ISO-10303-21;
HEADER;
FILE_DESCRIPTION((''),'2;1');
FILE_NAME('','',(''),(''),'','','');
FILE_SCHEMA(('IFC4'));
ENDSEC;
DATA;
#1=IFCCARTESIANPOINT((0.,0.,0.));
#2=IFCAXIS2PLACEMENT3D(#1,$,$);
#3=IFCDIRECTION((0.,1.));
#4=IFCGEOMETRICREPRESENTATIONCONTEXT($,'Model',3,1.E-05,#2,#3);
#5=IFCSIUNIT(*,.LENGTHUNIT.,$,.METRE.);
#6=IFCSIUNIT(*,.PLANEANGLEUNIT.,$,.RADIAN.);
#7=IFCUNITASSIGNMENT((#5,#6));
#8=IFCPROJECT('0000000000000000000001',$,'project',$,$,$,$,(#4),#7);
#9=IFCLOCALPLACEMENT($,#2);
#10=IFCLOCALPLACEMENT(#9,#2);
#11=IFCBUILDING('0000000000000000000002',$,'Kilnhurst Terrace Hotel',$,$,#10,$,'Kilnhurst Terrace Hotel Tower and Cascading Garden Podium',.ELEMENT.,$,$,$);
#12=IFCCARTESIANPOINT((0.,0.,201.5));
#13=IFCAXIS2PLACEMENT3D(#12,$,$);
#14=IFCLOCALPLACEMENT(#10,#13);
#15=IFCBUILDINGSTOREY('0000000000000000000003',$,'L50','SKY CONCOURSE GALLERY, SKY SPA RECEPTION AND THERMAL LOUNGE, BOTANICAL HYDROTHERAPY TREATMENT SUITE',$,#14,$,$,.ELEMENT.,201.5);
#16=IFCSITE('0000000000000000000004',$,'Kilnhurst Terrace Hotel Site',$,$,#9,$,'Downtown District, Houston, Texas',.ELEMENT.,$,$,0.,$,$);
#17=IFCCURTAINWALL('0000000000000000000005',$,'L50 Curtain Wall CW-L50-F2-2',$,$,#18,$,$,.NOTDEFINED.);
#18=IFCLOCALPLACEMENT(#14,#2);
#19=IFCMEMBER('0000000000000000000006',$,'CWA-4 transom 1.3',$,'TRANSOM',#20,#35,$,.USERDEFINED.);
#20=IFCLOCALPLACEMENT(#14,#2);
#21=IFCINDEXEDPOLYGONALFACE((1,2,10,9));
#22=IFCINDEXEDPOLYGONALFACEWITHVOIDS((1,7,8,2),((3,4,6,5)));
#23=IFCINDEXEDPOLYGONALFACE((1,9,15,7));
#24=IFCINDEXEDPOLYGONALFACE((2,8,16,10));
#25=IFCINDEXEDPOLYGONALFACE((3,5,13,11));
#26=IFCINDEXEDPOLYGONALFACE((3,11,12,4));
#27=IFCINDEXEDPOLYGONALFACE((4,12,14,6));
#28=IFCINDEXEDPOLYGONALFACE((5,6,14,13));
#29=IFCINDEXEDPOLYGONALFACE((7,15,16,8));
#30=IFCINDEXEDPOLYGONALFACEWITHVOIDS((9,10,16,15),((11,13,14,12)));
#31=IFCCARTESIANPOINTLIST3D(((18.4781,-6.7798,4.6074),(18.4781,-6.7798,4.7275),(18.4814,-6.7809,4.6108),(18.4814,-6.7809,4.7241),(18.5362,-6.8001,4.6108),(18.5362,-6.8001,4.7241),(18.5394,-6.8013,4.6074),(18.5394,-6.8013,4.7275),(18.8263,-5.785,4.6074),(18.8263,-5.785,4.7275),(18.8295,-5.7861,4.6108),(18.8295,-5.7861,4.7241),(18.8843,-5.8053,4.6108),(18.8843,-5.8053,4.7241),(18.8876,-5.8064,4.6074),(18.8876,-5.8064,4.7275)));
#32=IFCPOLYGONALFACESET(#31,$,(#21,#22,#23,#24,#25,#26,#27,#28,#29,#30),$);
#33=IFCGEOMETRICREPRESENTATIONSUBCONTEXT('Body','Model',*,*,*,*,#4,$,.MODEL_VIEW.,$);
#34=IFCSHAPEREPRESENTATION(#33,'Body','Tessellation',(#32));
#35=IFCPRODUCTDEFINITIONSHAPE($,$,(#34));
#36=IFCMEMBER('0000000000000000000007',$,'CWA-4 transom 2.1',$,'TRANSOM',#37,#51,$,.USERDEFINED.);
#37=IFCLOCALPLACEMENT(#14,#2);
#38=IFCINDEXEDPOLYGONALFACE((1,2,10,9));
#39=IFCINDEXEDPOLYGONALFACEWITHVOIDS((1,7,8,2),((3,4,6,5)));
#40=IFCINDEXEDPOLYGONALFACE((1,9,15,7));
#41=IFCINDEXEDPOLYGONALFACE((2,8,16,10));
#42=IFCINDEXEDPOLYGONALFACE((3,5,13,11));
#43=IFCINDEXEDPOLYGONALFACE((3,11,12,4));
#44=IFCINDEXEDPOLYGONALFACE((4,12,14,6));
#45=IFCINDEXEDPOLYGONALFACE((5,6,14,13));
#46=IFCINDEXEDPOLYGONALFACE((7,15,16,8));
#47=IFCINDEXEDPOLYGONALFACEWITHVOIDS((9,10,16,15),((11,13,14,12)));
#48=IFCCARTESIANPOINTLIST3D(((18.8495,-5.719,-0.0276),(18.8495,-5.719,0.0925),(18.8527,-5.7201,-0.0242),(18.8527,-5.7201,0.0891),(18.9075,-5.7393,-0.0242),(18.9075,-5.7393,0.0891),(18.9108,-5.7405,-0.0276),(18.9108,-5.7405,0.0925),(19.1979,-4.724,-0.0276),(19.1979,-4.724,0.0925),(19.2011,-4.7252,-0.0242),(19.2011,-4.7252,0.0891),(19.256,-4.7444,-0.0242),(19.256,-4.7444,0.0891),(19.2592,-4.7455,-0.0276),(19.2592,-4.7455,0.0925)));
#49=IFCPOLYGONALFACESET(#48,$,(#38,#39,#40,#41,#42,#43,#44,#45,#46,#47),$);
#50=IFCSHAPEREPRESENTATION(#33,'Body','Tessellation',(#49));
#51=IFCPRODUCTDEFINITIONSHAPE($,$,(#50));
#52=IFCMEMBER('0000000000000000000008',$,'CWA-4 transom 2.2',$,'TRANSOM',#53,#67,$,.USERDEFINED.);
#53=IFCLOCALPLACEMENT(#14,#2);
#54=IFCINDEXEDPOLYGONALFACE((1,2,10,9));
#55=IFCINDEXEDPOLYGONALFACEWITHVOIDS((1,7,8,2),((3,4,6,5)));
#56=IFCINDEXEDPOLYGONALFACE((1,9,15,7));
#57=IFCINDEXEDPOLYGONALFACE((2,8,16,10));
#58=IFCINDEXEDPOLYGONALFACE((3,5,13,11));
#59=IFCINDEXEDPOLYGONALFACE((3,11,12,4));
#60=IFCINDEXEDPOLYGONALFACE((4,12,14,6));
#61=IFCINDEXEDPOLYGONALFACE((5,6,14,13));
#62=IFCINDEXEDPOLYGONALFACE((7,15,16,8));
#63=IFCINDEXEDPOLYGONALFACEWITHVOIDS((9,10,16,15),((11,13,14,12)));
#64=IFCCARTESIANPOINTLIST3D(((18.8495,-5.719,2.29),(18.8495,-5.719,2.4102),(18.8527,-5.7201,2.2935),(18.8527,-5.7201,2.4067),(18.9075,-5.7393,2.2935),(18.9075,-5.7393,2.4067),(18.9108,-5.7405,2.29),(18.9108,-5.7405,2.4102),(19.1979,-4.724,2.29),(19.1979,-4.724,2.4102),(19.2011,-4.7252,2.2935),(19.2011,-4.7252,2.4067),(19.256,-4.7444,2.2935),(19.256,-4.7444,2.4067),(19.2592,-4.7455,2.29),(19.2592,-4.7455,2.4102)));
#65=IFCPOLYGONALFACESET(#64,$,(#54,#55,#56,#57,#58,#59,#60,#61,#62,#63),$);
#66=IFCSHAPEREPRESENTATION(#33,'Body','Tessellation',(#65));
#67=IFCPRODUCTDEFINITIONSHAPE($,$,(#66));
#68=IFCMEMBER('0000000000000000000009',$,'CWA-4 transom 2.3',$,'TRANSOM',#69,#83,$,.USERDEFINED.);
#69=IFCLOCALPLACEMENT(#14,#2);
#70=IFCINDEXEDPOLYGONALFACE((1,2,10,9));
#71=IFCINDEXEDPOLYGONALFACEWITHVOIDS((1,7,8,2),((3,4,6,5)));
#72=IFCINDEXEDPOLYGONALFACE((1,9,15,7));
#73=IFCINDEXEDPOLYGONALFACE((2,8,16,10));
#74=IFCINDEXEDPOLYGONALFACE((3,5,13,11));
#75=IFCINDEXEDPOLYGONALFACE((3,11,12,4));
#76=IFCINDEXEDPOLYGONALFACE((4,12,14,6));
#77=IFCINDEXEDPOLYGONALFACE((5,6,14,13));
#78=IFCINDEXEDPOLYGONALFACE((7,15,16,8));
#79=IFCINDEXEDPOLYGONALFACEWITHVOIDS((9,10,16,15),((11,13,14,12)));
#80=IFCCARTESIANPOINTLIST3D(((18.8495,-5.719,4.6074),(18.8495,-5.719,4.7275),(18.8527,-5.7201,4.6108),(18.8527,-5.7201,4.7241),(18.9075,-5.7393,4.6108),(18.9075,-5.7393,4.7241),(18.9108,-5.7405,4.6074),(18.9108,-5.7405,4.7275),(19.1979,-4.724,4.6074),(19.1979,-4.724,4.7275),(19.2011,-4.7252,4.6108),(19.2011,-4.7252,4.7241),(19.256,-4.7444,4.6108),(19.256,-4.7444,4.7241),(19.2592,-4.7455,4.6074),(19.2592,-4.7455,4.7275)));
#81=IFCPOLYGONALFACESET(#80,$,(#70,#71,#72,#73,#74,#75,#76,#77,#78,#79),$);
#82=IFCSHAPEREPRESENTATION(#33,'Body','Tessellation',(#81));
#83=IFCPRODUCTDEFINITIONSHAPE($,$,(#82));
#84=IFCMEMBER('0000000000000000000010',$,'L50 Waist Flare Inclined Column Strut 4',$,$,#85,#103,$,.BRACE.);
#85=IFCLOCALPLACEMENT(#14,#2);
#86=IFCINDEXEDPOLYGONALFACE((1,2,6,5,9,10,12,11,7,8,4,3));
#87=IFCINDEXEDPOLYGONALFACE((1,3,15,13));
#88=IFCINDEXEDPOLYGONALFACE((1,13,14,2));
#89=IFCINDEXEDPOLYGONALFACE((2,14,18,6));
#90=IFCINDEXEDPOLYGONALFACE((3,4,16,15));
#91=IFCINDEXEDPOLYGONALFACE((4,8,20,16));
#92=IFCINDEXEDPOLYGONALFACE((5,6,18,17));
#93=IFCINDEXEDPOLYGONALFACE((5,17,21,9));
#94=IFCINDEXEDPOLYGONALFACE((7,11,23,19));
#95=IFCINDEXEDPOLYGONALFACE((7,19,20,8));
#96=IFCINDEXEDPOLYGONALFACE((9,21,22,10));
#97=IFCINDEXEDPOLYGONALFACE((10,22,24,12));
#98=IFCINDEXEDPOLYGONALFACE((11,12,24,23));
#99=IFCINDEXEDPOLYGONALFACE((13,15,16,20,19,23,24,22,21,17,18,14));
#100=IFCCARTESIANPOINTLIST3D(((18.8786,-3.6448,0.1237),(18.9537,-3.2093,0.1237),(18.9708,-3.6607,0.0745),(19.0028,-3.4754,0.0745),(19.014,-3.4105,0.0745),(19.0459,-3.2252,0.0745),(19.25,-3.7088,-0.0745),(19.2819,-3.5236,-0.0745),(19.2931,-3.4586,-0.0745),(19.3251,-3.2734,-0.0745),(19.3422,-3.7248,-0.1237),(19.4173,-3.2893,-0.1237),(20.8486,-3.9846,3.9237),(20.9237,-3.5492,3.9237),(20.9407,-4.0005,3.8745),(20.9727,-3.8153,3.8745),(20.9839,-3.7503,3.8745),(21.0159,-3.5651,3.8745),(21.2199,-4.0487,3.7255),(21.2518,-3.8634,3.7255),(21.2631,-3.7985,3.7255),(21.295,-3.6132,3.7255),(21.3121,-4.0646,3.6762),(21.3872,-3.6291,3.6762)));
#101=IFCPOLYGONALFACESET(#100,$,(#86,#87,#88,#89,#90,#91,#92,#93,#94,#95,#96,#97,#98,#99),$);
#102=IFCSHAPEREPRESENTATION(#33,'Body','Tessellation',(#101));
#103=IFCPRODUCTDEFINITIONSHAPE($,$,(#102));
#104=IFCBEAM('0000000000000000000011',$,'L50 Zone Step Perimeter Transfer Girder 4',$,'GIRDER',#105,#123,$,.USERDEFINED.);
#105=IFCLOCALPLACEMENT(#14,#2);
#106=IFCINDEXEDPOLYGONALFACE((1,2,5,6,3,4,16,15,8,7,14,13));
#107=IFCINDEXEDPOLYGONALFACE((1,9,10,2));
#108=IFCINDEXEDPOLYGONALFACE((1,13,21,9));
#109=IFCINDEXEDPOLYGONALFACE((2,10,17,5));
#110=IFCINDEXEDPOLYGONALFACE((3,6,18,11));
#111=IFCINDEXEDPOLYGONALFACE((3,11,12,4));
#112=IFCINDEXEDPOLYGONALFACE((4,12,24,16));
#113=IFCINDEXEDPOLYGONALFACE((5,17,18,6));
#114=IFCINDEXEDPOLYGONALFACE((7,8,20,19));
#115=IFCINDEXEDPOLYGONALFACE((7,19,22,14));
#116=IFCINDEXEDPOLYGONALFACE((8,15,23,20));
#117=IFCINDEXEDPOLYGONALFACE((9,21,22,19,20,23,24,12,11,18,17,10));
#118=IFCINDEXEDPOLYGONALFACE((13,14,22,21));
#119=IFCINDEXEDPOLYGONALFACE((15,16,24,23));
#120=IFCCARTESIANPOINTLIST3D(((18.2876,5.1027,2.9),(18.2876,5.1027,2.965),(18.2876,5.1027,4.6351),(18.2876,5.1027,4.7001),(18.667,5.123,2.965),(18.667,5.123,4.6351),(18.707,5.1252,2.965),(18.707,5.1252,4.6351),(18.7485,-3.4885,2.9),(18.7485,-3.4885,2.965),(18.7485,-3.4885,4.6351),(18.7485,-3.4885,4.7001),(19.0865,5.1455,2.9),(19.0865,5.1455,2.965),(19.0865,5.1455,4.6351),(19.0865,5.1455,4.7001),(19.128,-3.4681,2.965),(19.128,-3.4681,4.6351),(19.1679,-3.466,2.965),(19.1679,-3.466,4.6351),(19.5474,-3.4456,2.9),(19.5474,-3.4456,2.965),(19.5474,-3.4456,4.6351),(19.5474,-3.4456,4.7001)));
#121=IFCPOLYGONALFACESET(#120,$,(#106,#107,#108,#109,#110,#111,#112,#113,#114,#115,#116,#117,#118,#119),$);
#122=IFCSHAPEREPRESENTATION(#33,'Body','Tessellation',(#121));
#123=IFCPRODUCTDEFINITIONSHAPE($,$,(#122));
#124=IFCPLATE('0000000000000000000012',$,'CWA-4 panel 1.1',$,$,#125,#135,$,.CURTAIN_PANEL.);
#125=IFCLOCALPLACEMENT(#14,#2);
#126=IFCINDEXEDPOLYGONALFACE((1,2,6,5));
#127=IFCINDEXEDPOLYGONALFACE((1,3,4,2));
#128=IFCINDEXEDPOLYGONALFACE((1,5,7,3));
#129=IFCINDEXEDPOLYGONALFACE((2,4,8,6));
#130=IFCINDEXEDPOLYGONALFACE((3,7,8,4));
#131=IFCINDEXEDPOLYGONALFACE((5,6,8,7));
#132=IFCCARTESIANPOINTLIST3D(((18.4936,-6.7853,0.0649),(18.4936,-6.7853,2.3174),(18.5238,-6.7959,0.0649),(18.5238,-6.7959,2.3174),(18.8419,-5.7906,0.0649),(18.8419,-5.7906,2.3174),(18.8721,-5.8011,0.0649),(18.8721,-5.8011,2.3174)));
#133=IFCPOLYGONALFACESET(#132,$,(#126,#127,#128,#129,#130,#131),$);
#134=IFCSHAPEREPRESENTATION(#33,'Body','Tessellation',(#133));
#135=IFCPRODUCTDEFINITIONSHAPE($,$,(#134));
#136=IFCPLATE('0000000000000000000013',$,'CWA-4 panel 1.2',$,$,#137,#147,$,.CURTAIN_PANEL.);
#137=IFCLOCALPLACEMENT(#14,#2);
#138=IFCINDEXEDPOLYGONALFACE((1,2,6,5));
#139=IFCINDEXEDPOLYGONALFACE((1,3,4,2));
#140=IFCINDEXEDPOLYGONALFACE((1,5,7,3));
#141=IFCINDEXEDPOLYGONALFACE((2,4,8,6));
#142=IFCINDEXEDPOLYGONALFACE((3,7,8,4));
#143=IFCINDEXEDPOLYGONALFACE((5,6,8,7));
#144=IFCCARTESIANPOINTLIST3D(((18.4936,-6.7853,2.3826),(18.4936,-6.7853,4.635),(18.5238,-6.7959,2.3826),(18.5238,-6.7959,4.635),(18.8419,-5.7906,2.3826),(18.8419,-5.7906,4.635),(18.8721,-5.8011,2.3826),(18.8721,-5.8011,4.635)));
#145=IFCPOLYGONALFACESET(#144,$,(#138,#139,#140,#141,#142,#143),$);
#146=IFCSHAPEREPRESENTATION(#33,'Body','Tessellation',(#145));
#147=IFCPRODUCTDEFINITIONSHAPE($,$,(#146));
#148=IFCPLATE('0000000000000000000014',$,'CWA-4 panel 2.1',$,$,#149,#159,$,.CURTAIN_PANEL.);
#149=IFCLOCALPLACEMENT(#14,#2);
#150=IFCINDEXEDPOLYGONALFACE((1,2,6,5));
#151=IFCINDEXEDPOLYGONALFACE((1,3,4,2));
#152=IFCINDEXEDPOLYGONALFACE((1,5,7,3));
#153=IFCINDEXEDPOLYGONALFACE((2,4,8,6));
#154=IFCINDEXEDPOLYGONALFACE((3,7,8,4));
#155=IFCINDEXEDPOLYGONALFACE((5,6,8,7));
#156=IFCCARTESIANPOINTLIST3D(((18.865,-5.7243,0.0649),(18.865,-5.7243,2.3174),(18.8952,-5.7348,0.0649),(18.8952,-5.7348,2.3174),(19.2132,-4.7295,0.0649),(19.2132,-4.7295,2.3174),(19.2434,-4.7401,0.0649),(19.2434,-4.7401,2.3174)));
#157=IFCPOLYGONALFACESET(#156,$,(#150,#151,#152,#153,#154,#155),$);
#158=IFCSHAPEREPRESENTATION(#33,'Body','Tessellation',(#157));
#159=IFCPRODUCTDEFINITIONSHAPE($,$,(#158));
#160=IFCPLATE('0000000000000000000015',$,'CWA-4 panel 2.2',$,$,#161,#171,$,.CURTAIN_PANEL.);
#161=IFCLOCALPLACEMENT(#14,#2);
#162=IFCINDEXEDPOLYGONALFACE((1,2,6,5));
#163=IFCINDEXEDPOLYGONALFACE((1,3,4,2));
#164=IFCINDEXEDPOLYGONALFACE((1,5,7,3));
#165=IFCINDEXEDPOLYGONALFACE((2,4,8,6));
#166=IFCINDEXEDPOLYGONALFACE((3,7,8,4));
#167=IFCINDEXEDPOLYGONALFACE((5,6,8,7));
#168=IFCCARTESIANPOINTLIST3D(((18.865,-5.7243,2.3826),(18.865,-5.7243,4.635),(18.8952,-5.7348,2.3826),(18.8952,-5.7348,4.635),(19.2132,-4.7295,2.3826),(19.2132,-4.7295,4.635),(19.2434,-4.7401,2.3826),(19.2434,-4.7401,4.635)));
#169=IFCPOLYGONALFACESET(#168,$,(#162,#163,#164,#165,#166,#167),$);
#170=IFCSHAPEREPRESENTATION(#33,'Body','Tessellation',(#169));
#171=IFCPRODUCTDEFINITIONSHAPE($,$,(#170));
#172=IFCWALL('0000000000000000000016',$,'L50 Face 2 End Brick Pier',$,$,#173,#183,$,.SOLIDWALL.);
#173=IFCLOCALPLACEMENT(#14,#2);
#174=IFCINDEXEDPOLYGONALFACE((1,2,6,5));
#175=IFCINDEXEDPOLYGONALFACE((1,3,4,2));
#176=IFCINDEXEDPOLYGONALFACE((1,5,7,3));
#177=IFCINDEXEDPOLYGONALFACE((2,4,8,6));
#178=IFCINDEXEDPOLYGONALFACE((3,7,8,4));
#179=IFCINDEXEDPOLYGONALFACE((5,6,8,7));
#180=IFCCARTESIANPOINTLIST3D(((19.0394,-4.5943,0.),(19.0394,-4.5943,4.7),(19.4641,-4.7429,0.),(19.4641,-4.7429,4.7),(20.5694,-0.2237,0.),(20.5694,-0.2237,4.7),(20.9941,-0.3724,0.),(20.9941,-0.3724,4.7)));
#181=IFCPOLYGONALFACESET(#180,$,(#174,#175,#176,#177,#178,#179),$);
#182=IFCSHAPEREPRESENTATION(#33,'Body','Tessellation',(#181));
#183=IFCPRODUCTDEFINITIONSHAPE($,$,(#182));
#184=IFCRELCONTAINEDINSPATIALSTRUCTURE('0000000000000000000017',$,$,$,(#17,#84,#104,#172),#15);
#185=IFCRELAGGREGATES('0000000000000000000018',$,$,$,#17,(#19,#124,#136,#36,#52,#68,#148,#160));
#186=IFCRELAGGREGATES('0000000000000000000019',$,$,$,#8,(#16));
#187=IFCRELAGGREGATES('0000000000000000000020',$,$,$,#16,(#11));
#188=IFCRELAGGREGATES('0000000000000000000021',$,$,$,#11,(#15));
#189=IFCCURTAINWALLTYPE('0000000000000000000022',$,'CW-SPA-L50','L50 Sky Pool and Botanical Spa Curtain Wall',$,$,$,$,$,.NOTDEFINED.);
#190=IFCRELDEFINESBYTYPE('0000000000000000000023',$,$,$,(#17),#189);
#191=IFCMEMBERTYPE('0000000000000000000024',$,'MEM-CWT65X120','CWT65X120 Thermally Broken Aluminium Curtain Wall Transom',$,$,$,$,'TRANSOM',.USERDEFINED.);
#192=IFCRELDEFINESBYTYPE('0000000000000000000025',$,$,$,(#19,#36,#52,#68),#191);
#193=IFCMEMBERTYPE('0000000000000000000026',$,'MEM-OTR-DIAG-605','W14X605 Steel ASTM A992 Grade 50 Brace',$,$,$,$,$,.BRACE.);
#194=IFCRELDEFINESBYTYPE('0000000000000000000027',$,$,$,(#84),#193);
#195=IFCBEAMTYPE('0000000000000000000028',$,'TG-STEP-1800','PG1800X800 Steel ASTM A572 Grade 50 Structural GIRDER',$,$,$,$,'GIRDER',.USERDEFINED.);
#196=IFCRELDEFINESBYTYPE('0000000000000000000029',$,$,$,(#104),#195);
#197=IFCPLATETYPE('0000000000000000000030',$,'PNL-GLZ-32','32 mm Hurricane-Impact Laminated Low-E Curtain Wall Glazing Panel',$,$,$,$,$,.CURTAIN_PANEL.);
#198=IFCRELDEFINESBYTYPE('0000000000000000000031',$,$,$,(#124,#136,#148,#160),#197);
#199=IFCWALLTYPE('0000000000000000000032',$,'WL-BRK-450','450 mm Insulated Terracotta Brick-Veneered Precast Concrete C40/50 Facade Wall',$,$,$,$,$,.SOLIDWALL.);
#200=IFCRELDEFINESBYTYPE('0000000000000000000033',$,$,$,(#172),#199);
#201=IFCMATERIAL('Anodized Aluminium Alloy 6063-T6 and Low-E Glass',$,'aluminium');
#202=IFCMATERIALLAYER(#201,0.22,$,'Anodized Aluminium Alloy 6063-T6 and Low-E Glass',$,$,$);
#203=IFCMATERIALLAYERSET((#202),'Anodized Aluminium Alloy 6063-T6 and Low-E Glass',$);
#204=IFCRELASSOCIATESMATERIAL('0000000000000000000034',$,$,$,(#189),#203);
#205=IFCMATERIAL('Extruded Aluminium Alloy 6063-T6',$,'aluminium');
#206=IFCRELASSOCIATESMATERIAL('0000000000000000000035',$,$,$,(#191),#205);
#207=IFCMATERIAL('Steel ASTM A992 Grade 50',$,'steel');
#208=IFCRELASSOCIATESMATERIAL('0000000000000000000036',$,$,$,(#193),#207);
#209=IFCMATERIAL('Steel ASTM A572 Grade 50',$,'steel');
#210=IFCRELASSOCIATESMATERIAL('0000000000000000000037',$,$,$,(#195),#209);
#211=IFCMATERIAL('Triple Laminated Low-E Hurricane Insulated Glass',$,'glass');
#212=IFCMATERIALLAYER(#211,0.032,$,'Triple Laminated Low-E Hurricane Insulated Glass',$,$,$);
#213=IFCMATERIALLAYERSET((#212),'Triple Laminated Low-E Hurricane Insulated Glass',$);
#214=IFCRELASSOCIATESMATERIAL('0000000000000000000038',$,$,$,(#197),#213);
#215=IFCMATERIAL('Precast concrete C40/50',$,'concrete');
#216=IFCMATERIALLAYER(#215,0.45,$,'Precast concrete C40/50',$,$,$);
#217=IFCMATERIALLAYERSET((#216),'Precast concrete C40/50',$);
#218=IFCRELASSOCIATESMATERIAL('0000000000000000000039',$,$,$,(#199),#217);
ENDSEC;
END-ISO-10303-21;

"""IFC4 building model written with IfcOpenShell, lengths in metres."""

from ifc_helpers import new_model, si_unit, direction, frame, frame_2d, origin, origin_2d, place, context, subcontext, project, spatial, rectangle, hollow_rectangle, i_section, extrude, material, layer, layer_set, material_profile, profile_set, type_object, element, aggregate, save


model = new_model("IFC4")

# Units and contexts
model_context = context("Model", 3, precision=1e-05, world=origin(), true_north=direction((0.0, 1.0)))
body_context = subcontext(model_context, "Body", "Model", "MODEL_VIEW")
ifc_project = project(units=[si_unit("LENGTHUNIT", "METRE"), si_unit("PLANEANGLEUNIT", "RADIAN")], contexts=[model_context])

# Site, building, storey
site_placement = place(None, origin())
site = spatial("IfcSite", under=ifc_project, at=site_placement, Name="Kilnhurst Terrace Hotel Site", LongName="Downtown District, Houston, Texas", CompositionType="ELEMENT", RefElevation=0.0)
building_placement = place(site_placement, origin())
building = spatial("IfcBuilding", under=site, at=building_placement, Name="Kilnhurst Terrace Hotel", LongName="Kilnhurst Terrace Hotel Tower and Cascading Garden Podium", CompositionType="ELEMENT")
storey_placement = place(building_placement, frame((0.0, 0.0, 201.5)))
storey = spatial("IfcBuildingStorey", under=building, at=storey_placement, Name="L50", Description="SKY CONCOURSE GALLERY, SKY SPA RECEPTION AND THERMAL LOUNGE, BOTANICAL HYDROTHERAPY TREATMENT SUITE", CompositionType="ELEMENT", Elevation=201.5)

# Shared definitions
ifc_material_1 = material(Name="Steel ASTM A992 Grade 50", Category="steel")

# Curtain wall, members
ifc_material_2 = material(Name="Anodized Aluminium Alloy 6063-T6 and Low-E Glass", Category="aluminium")
ifc_layer_1 = layer(ifc_material_2, 0.22, Name="Anodized Aluminium Alloy 6063-T6 and Low-E Glass")
ifc_layer_set_1 = layer_set([ifc_layer_1], Name="Anodized Aluminium Alloy 6063-T6 and Low-E Glass")
curtain_wall_type = type_object("IfcCurtainWallType", Name="CW-SPA-L50", Description="L50 Sky Pool and Botanical Spa Curtain Wall", PredefinedType="NOTDEFINED", material=ifc_layer_set_1)
curtain_wall_placement = place(storey_placement, origin())
curtain_wall = element("IfcCurtainWall", 1, at=curtain_wall_placement, inside=storey, type_object=curtain_wall_type, Name="L50 Curtain Wall CW-L50-F2-2", PredefinedType="NOTDEFINED")
ifc_material_3 = material(Name="Extruded Aluminium Alloy 6063-T6", Category="aluminium")
ifc_material_profile_1 = material_profile(ifc_material_3, hollow_rectangle(XDim=0.0649, YDim=0.1201, WallThickness=0.0034, at=origin_2d()), Name="CWT65X120")
ifc_profile_set_1 = profile_set([ifc_material_profile_1], Name="Extruded Aluminium Alloy 6063-T6")
member_type_1 = type_object("IfcMemberType", Name="MEM-CWT65X120", Description="CWT65X120 Thermally Broken Aluminium Curtain Wall Transom", ElementType="TRANSOM", PredefinedType="USERDEFINED", material=ifc_profile_set_1)
member_1_placement = place(storey_placement, frame((18.5088, -6.7905, 4.6675), z_axis=(0.330299, 0.943876, 0.0), x_axis=(-0.943876, 0.330299, 0.0)))
member_1 = element("IfcMember", 2, at=member_1_placement, type_object=member_type_1, Name="CWA-4 transom 1.3", ObjectType="TRANSOM", PredefinedType="USERDEFINED", context=body_context, shape_type="SweptSolid", body=[
    extrude(hollow_rectangle(XDim=0.0649, YDim=0.1201, WallThickness=0.0034, at=origin_2d()), origin(), (0.0, 0.0, 1.0), 1.054),
])
member_2_placement = place(storey_placement, frame((18.8801, -5.7297, 0.0325), z_axis=(0.330505, 0.943804, 0.0), x_axis=(-0.943804, 0.330505, 0.0)))
member_2 = element("IfcMember", 3, at=member_2_placement, type_object=member_type_1, Name="CWA-4 transom 2.1", ObjectType="TRANSOM", PredefinedType="USERDEFINED", context=body_context, shape_type="SweptSolid", body=[
    extrude(hollow_rectangle(XDim=0.0649, YDim=0.1201, WallThickness=0.0034, at=origin_2d()), origin(), (0.0, 0.0, 1.0), 1.0542),
])
member_3_placement = place(storey_placement, frame((18.8801, -5.7297, 2.3501), z_axis=(0.330505, 0.943804, 0.0), x_axis=(-0.943804, 0.330505, 0.0)))
member_3 = element("IfcMember", 4, at=member_3_placement, type_object=member_type_1, Name="CWA-4 transom 2.2", ObjectType="TRANSOM", PredefinedType="USERDEFINED", context=body_context, shape_type="SweptSolid", body=[
    extrude(hollow_rectangle(XDim=0.0649, YDim=0.1201, WallThickness=0.0034, at=origin_2d()), origin(), (0.0, 0.0, 1.0), 1.0542),
])
member_4_placement = place(storey_placement, frame((18.8801, -5.7297, 4.6675), z_axis=(0.330505, 0.943804, 0.0), x_axis=(-0.943804, 0.330505, 0.0)))
member_4 = element("IfcMember", 5, at=member_4_placement, type_object=member_type_1, Name="CWA-4 transom 2.3", ObjectType="TRANSOM", PredefinedType="USERDEFINED", context=body_context, shape_type="SweptSolid", body=[
    extrude(hollow_rectangle(XDim=0.0649, YDim=0.1201, WallThickness=0.0034, at=origin_2d()), origin(), (0.0, 0.0, 1.0), 1.0542),
])

# Member
ifc_material_profile_2 = material_profile(ifc_material_1, i_section(OverallWidth=0.4419, OverallDepth=0.5315, WebThickness=0.0659, FlangeThickness=0.1057, at=origin_2d()), Name="W14X605")
ifc_profile_set_2 = profile_set([ifc_material_profile_2], Name="Steel ASTM A992 Grade 50")
member_type_2 = type_object("IfcMemberType", Name="MEM-OTR-DIAG-605", Description="W14X605 Steel ASTM A992 Grade 50 Brace", PredefinedType="BRACE", material=ifc_profile_set_2)
member_5_placement = place(storey_placement, frame((19.1479, -3.467, 0.0), z_axis=(0.458795, -0.079148, 0.88501), x_axis=(0.170001, 0.985444, 0.0)))
element("IfcMember", 6, at=member_5_placement, inside=storey, type_object=member_type_2, Name="L50 Waist Flare Inclined Column Strut 4", PredefinedType="BRACE", context=body_context, shape_type="SweptSolid", body=[
    extrude(i_section(OverallWidth=0.4419, OverallDepth=0.5315, WebThickness=0.0659, FlangeThickness=0.1057, at=origin_2d()), origin(), (0.0, 0.0, 1.0), 4.2937),
])

# Beam
ifc_material_4 = material(Name="Steel ASTM A572 Grade 50", Category="steel")
ifc_material_profile_3 = material_profile(ifc_material_4, i_section(OverallWidth=0.8, OverallDepth=1.8, WebThickness=0.04, FlangeThickness=0.0649, at=origin_2d()), Name="PG1800X800")
ifc_profile_set_3 = profile_set([ifc_material_profile_3], Name="Steel ASTM A572 Grade 50")
beam_type_1 = type_object("IfcBeamType", Name="TG-STEP-1800", Description="PG1800X800 Steel ASTM A572 Grade 50 Structural GIRDER", ElementType="GIRDER", PredefinedType="USERDEFINED", material=ifc_profile_set_3)
beam_1_placement = place(storey_placement, frame((19.1479, -3.467, 3.8), z_axis=(-0.053576, 0.998564, 0.0), x_axis=(-0.998564, -0.053576, 0.0)))
element("IfcBeam", 7, at=beam_1_placement, inside=storey, type_object=beam_type_1, Name="L50 Zone Step Perimeter Transfer Girder 4", ObjectType="GIRDER", PredefinedType="USERDEFINED", context=body_context, shape_type="SweptSolid", body=[
    extrude(i_section(OverallWidth=0.8, OverallDepth=1.8, WebThickness=0.04, FlangeThickness=0.0649, at=origin_2d()), origin(), (0.0, 0.0, 1.0), 8.6035),
])

# Plates
ifc_material_5 = material(Name="Triple Laminated Low-E Hurricane Insulated Glass", Category="glass")
ifc_layer_2 = layer(ifc_material_5, 0.032, Name="Triple Laminated Low-E Hurricane Insulated Glass")
ifc_layer_set_2 = layer_set([ifc_layer_2], Name="Triple Laminated Low-E Hurricane Insulated Glass")
plate_type = type_object("IfcPlateType", Name="PNL-GLZ-32", Description="32 mm Hurricane-Impact Laminated Low-E Curtain Wall Glazing Panel", PredefinedType="CURTAIN_PANEL", material=ifc_layer_set_2)
plate_1_placement = place(storey_placement, frame((18.6829, -6.2932, 0.0649), z_axis=(0.0, 0.0, 1.0), x_axis=(0.330454, 0.943822, 0.0)))
plate_1 = element("IfcPlate", 8, at=plate_1_placement, type_object=plate_type, Name="CWA-4 panel 1.1", PredefinedType="CURTAIN_PANEL", context=body_context, shape_type="SweptSolid", body=[
    extrude(rectangle(XDim=1.054, YDim=0.032, at=origin_2d()), origin(), (0.0, 0.0, 1.0), 2.2524),
])
plate_2_placement = place(storey_placement, frame((18.6829, -6.2932, 2.3826), z_axis=(0.0, 0.0, 1.0), x_axis=(0.330454, 0.943822, 0.0)))
plate_2 = element("IfcPlate", 9, at=plate_2_placement, type_object=plate_type, Name="CWA-4 panel 1.2", PredefinedType="CURTAIN_PANEL", context=body_context, shape_type="SweptSolid", body=[
    extrude(rectangle(XDim=1.054, YDim=0.032, at=origin_2d()), origin(), (0.0, 0.0, 1.0), 2.2524),
])
plate_3_placement = place(storey_placement, frame((19.0542, -5.2322, 0.0649), z_axis=(0.0, 0.0, 1.0), x_axis=(0.330454, 0.943822, 0.0)))
plate_3 = element("IfcPlate", 10, at=plate_3_placement, type_object=plate_type, Name="CWA-4 panel 2.1", PredefinedType="CURTAIN_PANEL", context=body_context, shape_type="SweptSolid", body=[
    extrude(rectangle(XDim=1.054, YDim=0.032, at=origin_2d()), origin(), (0.0, 0.0, 1.0), 2.2524),
])
plate_4_placement = place(storey_placement, frame((19.0542, -5.2322, 2.3826), z_axis=(0.0, 0.0, 1.0), x_axis=(0.330454, 0.943822, 0.0)))
plate_4 = element("IfcPlate", 11, at=plate_4_placement, type_object=plate_type, Name="CWA-4 panel 2.2", PredefinedType="CURTAIN_PANEL", context=body_context, shape_type="SweptSolid", body=[
    extrude(rectangle(XDim=1.054, YDim=0.032, at=origin_2d()), origin(), (0.0, 0.0, 1.0), 2.2524),
])
aggregate(curtain_wall, [member_1, plate_1, plate_2, member_2, member_3, member_4, plate_3, plate_4])

# Wall
ifc_material_6 = material(Name="Precast concrete C40/50", Category="concrete")
ifc_layer_3 = layer(ifc_material_6, 0.45, Name="Precast concrete C40/50")
ifc_layer_set_3 = layer_set([ifc_layer_3], Name="Precast concrete C40/50")
wall_type_1 = type_object("IfcWallType", Name="WL-BRK-450", Description="450 mm Insulated Terracotta Brick-Veneered Precast Concrete C40/50 Facade Wall", PredefinedType="SOLIDWALL", material=ifc_layer_set_3)
wall_1_placement = place(storey_placement, frame((19.2517, -4.6687, 0.0), z_axis=(0.0, 0.0, 1.0), x_axis=(0.330411, 0.943837, 0.0)))
element("IfcWall", 12, at=wall_1_placement, inside=storey, type_object=wall_type_1, Name="L50 Face 2 End Brick Pier", PredefinedType="SOLIDWALL", context=body_context, shape_type="SweptSolid", body=[
    extrude(rectangle(XDim=4.6306, YDim=0.45, at=frame_2d((2.3154, 0.0))), origin(), (0.0, 0.0, 1.0), 4.7),
])

save(model, "model.ifc")
